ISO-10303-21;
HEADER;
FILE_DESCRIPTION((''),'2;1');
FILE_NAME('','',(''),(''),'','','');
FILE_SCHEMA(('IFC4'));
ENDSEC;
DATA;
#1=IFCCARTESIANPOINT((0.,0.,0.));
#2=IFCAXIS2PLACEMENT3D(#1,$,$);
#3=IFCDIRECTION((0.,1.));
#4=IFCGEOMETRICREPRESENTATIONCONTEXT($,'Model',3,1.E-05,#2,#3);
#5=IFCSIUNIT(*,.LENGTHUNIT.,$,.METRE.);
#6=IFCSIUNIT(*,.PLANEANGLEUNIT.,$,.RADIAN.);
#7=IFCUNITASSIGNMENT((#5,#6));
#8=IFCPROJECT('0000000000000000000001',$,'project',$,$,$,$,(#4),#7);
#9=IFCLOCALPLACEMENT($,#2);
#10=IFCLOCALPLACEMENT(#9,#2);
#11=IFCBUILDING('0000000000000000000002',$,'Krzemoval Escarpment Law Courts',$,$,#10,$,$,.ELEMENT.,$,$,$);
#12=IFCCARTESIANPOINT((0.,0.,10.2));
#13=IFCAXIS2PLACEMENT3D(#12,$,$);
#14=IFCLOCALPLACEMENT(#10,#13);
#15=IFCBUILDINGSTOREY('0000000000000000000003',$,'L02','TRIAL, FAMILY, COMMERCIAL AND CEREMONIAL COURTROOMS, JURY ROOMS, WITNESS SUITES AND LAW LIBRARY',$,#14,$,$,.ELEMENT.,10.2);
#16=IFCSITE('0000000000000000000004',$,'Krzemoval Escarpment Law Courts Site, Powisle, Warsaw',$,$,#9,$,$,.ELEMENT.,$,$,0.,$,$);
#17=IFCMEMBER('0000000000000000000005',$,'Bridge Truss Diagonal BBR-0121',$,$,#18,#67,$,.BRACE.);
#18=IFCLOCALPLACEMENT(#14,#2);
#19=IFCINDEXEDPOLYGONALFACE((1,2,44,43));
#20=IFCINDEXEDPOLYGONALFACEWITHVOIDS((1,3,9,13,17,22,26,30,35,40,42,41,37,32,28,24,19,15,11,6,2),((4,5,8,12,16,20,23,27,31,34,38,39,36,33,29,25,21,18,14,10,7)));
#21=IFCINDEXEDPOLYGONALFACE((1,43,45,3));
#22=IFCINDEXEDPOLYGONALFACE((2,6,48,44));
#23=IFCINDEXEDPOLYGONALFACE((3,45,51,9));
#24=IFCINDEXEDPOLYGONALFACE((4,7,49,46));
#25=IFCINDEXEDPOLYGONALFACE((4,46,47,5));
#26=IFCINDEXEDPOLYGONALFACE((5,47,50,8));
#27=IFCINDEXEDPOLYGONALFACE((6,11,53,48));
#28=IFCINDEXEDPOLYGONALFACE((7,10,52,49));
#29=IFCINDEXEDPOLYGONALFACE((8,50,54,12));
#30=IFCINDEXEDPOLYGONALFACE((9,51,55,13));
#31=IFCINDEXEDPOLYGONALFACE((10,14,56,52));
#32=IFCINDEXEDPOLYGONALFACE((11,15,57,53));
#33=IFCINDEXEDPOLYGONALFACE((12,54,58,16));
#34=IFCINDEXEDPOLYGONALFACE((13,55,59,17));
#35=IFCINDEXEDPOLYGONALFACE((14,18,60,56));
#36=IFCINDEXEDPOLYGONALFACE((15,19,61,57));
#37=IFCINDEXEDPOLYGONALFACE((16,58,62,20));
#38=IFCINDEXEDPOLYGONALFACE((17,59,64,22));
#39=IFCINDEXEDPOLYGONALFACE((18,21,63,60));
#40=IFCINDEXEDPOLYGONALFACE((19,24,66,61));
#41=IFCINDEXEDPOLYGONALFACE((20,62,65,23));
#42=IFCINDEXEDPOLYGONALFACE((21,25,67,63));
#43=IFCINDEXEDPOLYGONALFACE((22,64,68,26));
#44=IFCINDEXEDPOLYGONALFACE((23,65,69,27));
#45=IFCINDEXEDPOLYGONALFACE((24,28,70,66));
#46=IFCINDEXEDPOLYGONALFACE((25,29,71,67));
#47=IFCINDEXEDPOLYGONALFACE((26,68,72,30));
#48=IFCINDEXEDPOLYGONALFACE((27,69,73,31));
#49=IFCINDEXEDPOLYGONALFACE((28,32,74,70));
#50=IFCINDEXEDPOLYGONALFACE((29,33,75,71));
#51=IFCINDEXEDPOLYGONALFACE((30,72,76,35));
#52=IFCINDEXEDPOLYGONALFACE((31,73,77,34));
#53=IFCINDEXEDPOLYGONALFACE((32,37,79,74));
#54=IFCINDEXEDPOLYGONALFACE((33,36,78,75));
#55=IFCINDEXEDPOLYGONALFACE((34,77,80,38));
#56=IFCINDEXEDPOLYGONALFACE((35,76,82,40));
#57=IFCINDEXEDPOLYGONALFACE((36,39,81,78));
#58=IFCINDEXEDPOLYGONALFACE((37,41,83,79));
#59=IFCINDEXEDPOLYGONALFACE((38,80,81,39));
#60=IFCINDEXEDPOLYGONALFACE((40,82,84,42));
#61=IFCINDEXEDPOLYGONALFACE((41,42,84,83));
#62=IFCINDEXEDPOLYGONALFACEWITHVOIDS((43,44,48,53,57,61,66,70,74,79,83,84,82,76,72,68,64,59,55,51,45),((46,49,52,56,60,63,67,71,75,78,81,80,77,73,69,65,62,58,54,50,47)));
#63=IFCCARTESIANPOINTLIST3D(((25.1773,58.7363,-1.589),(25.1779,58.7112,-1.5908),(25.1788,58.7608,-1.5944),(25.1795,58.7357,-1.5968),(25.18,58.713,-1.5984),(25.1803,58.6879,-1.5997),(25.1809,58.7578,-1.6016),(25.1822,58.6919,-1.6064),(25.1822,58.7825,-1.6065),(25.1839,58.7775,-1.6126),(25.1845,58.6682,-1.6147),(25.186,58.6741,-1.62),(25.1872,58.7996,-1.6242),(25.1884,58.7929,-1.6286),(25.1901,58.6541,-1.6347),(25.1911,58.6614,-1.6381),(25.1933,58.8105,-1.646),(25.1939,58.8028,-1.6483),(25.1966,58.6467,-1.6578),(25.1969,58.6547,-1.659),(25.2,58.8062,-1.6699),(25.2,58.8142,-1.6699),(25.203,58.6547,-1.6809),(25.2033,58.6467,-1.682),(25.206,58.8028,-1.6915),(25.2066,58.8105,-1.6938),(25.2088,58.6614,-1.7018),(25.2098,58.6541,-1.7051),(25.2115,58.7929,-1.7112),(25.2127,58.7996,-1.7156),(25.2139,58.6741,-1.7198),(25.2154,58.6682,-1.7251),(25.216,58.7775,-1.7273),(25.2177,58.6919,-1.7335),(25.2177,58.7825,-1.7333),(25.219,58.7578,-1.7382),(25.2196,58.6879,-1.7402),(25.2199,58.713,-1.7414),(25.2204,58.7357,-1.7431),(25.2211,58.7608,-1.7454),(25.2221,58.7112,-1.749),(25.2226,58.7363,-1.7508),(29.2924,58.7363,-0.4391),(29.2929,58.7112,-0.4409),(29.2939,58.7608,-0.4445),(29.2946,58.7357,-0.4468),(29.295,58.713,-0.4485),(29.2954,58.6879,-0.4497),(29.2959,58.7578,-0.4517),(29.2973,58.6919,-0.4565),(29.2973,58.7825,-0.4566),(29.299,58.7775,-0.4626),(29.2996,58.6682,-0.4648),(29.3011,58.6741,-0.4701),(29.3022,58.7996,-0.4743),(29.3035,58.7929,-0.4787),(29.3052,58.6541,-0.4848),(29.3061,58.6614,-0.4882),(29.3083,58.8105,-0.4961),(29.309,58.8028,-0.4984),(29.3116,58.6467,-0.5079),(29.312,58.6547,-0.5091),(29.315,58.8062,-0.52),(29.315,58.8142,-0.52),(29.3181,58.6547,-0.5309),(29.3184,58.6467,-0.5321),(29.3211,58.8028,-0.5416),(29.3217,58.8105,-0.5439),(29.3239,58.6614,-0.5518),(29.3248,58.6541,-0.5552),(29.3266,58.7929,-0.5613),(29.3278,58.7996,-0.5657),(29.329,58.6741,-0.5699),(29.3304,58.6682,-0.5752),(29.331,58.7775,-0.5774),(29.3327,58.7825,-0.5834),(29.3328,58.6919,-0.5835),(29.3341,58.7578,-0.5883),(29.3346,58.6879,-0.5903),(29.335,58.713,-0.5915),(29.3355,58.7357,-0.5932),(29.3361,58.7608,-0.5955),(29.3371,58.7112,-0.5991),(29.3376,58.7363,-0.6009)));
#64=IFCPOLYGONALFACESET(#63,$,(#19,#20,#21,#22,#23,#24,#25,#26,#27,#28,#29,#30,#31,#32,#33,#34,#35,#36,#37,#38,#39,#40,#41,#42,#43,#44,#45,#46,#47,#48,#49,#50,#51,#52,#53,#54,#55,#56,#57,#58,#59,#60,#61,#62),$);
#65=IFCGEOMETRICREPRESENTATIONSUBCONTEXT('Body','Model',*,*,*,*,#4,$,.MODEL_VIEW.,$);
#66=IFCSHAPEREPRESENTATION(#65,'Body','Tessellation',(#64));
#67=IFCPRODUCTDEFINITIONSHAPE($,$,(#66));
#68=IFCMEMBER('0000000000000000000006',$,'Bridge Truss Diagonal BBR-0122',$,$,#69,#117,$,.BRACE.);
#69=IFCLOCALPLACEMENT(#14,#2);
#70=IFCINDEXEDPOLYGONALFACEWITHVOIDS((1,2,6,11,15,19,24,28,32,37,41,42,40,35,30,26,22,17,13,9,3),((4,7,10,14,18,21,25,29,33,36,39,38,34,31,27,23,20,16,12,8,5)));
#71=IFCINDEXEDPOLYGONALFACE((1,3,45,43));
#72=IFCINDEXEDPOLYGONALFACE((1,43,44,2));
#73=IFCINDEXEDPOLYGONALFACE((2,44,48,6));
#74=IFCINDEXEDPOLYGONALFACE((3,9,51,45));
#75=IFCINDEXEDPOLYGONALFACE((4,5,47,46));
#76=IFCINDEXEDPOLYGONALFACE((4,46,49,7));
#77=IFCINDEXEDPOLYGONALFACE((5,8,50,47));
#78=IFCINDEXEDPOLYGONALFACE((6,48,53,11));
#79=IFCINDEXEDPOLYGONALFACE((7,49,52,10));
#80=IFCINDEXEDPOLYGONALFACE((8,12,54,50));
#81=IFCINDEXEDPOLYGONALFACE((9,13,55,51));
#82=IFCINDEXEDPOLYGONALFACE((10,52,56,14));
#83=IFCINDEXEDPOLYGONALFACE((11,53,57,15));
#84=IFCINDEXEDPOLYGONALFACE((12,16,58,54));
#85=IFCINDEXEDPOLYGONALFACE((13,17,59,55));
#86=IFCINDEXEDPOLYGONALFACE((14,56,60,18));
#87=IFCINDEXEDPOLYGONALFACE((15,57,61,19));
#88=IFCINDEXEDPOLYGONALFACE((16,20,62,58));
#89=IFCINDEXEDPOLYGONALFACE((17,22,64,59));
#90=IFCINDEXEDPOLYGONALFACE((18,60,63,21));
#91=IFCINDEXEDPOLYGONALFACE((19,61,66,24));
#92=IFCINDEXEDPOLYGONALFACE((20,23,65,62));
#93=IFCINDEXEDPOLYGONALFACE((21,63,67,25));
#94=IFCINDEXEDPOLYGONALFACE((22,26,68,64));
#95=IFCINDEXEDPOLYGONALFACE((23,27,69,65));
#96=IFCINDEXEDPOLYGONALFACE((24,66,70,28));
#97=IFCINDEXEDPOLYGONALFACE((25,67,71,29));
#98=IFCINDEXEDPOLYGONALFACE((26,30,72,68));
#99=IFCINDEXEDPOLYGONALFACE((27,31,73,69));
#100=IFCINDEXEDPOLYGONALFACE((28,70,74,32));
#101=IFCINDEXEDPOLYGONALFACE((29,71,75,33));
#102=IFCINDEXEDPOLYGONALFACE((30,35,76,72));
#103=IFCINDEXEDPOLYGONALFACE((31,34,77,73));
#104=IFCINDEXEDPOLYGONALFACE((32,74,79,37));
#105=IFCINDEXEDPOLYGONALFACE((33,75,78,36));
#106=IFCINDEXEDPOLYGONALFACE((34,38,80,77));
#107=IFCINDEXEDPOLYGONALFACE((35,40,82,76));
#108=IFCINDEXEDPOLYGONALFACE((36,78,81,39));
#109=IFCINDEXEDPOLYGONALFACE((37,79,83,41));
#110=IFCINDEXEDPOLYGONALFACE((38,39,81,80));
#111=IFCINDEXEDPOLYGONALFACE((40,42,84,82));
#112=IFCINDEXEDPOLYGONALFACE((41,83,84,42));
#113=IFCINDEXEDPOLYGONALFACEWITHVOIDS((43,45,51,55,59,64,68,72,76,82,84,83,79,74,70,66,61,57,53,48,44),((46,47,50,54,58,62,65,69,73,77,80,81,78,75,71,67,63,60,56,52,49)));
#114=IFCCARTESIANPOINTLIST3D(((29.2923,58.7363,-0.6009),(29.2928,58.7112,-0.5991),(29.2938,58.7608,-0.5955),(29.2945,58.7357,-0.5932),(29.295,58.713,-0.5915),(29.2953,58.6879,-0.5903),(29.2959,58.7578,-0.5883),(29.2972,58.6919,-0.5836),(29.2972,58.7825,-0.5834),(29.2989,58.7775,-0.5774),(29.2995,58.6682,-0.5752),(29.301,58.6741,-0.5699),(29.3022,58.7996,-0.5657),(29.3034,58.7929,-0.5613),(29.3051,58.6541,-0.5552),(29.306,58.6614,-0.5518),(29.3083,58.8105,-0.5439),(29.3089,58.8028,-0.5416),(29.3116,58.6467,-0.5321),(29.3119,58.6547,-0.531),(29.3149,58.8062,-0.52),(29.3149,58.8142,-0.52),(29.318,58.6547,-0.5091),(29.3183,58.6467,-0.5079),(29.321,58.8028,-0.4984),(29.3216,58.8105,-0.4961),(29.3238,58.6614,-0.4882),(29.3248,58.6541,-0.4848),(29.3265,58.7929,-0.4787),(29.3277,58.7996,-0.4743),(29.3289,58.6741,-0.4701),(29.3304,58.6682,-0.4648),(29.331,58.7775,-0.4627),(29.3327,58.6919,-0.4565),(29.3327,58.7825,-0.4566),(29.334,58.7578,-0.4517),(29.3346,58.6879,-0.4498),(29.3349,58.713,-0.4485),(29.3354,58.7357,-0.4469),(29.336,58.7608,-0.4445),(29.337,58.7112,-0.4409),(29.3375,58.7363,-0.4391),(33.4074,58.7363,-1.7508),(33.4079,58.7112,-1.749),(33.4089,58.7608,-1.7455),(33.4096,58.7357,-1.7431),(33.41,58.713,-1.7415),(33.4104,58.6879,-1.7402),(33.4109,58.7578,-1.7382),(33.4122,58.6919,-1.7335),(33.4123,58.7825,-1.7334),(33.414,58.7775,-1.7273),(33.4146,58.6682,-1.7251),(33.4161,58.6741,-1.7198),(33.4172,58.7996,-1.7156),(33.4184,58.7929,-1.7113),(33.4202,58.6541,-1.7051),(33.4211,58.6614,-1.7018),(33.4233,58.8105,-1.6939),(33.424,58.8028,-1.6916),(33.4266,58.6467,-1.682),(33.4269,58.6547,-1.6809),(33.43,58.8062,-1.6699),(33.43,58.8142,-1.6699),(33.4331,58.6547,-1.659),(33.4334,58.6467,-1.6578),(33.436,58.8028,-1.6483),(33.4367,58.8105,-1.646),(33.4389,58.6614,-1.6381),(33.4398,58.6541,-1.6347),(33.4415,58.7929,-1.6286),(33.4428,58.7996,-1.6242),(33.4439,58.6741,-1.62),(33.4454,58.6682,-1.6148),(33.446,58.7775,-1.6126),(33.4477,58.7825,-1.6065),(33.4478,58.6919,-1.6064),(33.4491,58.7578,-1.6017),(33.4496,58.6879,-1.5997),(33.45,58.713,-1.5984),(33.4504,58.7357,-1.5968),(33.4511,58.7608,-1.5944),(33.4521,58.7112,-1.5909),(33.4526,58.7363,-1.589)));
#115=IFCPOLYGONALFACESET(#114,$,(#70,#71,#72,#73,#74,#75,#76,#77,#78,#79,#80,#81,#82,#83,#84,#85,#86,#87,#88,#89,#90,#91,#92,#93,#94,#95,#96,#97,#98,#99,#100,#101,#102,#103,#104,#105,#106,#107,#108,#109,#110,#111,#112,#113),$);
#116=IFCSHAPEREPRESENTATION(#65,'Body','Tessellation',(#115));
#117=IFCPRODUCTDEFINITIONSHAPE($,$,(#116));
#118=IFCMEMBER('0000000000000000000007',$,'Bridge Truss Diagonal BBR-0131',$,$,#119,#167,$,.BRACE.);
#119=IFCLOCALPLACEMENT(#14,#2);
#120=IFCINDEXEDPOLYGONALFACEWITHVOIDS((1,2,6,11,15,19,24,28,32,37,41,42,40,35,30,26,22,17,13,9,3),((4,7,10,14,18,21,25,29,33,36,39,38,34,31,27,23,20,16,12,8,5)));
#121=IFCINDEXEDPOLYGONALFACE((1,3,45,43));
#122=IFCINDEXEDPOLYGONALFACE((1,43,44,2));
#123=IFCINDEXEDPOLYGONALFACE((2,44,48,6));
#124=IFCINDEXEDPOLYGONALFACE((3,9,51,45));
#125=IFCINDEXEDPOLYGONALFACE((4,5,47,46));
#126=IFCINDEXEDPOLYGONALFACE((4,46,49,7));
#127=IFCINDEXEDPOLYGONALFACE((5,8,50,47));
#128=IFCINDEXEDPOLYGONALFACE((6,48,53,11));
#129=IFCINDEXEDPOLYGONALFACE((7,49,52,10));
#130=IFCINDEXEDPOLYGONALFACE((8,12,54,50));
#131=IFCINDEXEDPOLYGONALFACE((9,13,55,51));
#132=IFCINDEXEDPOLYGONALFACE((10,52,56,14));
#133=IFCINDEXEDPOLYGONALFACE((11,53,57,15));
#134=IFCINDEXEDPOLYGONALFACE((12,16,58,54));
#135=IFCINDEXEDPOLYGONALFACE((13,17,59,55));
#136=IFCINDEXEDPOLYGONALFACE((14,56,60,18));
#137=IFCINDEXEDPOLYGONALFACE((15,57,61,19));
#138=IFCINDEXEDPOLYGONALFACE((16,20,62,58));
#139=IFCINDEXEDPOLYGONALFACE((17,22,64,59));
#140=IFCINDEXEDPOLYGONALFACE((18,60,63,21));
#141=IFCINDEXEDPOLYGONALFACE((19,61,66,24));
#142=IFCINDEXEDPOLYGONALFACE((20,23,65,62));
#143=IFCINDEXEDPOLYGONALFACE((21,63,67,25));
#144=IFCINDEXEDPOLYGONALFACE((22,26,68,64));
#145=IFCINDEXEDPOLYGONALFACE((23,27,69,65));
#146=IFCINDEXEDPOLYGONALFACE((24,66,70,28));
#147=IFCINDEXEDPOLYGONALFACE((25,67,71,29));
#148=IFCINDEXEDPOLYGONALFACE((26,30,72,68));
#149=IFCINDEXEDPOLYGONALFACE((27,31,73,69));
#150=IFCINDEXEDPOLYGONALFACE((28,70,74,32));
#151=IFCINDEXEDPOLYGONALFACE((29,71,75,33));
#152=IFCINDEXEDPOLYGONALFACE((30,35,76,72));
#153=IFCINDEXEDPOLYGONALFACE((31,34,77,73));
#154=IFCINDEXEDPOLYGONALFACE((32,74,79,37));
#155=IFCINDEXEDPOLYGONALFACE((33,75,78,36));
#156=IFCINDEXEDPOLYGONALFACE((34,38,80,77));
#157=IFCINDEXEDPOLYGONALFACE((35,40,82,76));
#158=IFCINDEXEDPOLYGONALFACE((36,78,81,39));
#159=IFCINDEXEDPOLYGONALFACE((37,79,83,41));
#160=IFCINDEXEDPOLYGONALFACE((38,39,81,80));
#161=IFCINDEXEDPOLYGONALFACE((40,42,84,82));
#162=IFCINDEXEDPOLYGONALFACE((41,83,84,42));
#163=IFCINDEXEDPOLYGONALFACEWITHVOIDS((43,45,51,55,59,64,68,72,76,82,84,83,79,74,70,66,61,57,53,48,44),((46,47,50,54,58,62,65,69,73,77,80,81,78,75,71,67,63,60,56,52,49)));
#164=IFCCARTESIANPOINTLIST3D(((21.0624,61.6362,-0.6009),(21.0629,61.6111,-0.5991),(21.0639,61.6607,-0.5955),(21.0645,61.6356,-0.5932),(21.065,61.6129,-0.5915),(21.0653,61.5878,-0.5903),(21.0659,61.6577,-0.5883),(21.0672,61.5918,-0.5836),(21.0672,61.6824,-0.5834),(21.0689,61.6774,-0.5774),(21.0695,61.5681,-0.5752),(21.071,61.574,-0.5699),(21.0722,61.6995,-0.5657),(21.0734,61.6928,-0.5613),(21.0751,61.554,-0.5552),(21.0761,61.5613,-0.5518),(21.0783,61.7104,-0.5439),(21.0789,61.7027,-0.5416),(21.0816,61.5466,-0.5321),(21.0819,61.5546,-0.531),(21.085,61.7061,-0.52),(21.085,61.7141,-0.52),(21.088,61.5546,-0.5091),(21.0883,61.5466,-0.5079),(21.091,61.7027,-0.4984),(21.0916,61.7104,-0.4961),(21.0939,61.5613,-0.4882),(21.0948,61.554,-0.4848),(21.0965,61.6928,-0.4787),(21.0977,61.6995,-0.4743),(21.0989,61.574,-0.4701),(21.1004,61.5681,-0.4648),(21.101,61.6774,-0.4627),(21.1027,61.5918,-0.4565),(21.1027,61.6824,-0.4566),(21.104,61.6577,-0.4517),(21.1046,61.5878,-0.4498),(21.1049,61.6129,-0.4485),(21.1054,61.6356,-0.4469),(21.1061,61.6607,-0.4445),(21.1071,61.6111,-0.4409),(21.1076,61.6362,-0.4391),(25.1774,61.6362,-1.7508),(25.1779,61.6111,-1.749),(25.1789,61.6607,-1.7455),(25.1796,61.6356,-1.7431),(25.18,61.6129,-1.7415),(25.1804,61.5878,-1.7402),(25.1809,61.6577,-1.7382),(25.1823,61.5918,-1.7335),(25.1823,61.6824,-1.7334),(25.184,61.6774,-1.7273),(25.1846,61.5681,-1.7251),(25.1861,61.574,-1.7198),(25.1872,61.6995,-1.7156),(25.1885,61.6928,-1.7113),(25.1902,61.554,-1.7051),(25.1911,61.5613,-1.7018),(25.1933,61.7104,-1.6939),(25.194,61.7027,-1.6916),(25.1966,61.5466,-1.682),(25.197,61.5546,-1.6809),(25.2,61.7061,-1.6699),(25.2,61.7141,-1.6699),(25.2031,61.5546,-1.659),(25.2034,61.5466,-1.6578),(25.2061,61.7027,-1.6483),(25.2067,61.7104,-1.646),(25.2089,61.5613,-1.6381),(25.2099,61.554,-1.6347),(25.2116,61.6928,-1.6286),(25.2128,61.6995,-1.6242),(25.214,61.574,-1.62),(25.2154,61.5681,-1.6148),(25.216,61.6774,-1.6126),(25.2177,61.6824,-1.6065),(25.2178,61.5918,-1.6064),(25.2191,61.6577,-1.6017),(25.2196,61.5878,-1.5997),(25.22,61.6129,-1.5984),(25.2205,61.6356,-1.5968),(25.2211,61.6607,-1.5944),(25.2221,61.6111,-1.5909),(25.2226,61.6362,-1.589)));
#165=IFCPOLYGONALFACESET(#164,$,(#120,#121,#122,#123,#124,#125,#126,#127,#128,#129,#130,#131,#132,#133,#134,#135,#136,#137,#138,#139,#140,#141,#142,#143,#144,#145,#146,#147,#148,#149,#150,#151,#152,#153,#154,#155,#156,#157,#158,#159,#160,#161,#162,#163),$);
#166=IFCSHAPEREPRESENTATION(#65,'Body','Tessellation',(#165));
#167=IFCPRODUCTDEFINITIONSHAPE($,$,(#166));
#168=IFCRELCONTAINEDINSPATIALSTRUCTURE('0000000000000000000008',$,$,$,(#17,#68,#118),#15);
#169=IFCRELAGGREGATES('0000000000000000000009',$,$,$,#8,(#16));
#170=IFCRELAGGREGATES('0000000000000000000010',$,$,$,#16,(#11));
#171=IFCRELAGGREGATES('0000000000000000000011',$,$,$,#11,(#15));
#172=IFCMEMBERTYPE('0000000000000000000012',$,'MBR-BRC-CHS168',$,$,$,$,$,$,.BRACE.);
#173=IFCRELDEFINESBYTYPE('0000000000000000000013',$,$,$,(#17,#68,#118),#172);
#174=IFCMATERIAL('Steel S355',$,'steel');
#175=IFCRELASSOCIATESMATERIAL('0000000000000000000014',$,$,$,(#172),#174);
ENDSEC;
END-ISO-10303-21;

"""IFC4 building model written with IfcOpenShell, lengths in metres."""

from ifc_helpers import new_model, si_unit, direction, frame, origin, origin_2d, place, context, subcontext, project, spatial, hollow_circle, extrude, material, material_profile, profile_set, type_object, element, save


model = new_model("IFC4")

# Units and contexts
model_context = context("Model", 3, precision=1e-05, world=origin(), true_north=direction((0.0, 1.0)))
body_context = subcontext(model_context, "Body", "Model", "MODEL_VIEW")
ifc_project = project(units=[si_unit("LENGTHUNIT", "METRE"), si_unit("PLANEANGLEUNIT", "RADIAN")], contexts=[model_context])

# Site, building, storey
site_placement = place(None, origin())
site = spatial("IfcSite", under=ifc_project, at=site_placement, Name="Krzemoval Escarpment Law Courts Site, Powisle, Warsaw", CompositionType="ELEMENT", RefElevation=0.0)
building_placement = place(site_placement, origin())
building = spatial("IfcBuilding", under=site, at=building_placement, Name="Krzemoval Escarpment Law Courts", CompositionType="ELEMENT")
storey_placement = place(building_placement, frame((0.0, 0.0, 10.2)))
storey = spatial("IfcBuildingStorey", under=building, at=storey_placement, Name="L02", Description="TRIAL, FAMILY, COMMERCIAL AND CEREMONIAL COURTROOMS, JURY ROOMS, WITNESS SUITES AND LAW LIBRARY", CompositionType="ELEMENT", Elevation=10.2)

# Members
ifc_material_1 = material(Name="Steel S355", Category="steel")
ifc_material_profile_1 = material_profile(ifc_material_1, hollow_circle(Radius=0.0842, WallThickness=0.0081, at=origin_2d()), Name="CHS 168.3x8")
ifc_profile_set_1 = profile_set([ifc_material_profile_1], Name="Steel S355")
member_type_1 = type_object("IfcMemberType", Name="MBR-BRC-CHS168", PredefinedType="BRACE", material=ifc_profile_set_1)
for number, where, z_axis, x_axis, name in (
    (1, (25.2, 58.73, -1.6699), (0.963103, 0.0, 0.269132), (0.0, 1.0, 0.0), "Bridge Truss Diagonal BBR-0121"),
    (2, (29.3149, 58.73, -0.52), (0.963103, 0.0, -0.269132), (0.0, 1.0, 0.0), "Bridge Truss Diagonal BBR-0122"),
    (3, (21.085, 61.6299, -0.52), (0.963103, 0.0, -0.269132), (0.0, 1.0, 0.0), "Bridge Truss Diagonal BBR-0131"),
):
    element("IfcMember", number, at=place(storey_placement, frame(where, z_axis=z_axis, x_axis=x_axis)), inside=storey, type_object=member_type_1, Name=name, PredefinedType="BRACE", context=body_context, shape_type="SweptSolid", body=[
        extrude(hollow_circle(Radius=0.0842, WallThickness=0.0081, at=origin_2d()), origin(), (0.0, 0.0, 1.0), 4.2727),
    ])

save(model, "model.ifc")
